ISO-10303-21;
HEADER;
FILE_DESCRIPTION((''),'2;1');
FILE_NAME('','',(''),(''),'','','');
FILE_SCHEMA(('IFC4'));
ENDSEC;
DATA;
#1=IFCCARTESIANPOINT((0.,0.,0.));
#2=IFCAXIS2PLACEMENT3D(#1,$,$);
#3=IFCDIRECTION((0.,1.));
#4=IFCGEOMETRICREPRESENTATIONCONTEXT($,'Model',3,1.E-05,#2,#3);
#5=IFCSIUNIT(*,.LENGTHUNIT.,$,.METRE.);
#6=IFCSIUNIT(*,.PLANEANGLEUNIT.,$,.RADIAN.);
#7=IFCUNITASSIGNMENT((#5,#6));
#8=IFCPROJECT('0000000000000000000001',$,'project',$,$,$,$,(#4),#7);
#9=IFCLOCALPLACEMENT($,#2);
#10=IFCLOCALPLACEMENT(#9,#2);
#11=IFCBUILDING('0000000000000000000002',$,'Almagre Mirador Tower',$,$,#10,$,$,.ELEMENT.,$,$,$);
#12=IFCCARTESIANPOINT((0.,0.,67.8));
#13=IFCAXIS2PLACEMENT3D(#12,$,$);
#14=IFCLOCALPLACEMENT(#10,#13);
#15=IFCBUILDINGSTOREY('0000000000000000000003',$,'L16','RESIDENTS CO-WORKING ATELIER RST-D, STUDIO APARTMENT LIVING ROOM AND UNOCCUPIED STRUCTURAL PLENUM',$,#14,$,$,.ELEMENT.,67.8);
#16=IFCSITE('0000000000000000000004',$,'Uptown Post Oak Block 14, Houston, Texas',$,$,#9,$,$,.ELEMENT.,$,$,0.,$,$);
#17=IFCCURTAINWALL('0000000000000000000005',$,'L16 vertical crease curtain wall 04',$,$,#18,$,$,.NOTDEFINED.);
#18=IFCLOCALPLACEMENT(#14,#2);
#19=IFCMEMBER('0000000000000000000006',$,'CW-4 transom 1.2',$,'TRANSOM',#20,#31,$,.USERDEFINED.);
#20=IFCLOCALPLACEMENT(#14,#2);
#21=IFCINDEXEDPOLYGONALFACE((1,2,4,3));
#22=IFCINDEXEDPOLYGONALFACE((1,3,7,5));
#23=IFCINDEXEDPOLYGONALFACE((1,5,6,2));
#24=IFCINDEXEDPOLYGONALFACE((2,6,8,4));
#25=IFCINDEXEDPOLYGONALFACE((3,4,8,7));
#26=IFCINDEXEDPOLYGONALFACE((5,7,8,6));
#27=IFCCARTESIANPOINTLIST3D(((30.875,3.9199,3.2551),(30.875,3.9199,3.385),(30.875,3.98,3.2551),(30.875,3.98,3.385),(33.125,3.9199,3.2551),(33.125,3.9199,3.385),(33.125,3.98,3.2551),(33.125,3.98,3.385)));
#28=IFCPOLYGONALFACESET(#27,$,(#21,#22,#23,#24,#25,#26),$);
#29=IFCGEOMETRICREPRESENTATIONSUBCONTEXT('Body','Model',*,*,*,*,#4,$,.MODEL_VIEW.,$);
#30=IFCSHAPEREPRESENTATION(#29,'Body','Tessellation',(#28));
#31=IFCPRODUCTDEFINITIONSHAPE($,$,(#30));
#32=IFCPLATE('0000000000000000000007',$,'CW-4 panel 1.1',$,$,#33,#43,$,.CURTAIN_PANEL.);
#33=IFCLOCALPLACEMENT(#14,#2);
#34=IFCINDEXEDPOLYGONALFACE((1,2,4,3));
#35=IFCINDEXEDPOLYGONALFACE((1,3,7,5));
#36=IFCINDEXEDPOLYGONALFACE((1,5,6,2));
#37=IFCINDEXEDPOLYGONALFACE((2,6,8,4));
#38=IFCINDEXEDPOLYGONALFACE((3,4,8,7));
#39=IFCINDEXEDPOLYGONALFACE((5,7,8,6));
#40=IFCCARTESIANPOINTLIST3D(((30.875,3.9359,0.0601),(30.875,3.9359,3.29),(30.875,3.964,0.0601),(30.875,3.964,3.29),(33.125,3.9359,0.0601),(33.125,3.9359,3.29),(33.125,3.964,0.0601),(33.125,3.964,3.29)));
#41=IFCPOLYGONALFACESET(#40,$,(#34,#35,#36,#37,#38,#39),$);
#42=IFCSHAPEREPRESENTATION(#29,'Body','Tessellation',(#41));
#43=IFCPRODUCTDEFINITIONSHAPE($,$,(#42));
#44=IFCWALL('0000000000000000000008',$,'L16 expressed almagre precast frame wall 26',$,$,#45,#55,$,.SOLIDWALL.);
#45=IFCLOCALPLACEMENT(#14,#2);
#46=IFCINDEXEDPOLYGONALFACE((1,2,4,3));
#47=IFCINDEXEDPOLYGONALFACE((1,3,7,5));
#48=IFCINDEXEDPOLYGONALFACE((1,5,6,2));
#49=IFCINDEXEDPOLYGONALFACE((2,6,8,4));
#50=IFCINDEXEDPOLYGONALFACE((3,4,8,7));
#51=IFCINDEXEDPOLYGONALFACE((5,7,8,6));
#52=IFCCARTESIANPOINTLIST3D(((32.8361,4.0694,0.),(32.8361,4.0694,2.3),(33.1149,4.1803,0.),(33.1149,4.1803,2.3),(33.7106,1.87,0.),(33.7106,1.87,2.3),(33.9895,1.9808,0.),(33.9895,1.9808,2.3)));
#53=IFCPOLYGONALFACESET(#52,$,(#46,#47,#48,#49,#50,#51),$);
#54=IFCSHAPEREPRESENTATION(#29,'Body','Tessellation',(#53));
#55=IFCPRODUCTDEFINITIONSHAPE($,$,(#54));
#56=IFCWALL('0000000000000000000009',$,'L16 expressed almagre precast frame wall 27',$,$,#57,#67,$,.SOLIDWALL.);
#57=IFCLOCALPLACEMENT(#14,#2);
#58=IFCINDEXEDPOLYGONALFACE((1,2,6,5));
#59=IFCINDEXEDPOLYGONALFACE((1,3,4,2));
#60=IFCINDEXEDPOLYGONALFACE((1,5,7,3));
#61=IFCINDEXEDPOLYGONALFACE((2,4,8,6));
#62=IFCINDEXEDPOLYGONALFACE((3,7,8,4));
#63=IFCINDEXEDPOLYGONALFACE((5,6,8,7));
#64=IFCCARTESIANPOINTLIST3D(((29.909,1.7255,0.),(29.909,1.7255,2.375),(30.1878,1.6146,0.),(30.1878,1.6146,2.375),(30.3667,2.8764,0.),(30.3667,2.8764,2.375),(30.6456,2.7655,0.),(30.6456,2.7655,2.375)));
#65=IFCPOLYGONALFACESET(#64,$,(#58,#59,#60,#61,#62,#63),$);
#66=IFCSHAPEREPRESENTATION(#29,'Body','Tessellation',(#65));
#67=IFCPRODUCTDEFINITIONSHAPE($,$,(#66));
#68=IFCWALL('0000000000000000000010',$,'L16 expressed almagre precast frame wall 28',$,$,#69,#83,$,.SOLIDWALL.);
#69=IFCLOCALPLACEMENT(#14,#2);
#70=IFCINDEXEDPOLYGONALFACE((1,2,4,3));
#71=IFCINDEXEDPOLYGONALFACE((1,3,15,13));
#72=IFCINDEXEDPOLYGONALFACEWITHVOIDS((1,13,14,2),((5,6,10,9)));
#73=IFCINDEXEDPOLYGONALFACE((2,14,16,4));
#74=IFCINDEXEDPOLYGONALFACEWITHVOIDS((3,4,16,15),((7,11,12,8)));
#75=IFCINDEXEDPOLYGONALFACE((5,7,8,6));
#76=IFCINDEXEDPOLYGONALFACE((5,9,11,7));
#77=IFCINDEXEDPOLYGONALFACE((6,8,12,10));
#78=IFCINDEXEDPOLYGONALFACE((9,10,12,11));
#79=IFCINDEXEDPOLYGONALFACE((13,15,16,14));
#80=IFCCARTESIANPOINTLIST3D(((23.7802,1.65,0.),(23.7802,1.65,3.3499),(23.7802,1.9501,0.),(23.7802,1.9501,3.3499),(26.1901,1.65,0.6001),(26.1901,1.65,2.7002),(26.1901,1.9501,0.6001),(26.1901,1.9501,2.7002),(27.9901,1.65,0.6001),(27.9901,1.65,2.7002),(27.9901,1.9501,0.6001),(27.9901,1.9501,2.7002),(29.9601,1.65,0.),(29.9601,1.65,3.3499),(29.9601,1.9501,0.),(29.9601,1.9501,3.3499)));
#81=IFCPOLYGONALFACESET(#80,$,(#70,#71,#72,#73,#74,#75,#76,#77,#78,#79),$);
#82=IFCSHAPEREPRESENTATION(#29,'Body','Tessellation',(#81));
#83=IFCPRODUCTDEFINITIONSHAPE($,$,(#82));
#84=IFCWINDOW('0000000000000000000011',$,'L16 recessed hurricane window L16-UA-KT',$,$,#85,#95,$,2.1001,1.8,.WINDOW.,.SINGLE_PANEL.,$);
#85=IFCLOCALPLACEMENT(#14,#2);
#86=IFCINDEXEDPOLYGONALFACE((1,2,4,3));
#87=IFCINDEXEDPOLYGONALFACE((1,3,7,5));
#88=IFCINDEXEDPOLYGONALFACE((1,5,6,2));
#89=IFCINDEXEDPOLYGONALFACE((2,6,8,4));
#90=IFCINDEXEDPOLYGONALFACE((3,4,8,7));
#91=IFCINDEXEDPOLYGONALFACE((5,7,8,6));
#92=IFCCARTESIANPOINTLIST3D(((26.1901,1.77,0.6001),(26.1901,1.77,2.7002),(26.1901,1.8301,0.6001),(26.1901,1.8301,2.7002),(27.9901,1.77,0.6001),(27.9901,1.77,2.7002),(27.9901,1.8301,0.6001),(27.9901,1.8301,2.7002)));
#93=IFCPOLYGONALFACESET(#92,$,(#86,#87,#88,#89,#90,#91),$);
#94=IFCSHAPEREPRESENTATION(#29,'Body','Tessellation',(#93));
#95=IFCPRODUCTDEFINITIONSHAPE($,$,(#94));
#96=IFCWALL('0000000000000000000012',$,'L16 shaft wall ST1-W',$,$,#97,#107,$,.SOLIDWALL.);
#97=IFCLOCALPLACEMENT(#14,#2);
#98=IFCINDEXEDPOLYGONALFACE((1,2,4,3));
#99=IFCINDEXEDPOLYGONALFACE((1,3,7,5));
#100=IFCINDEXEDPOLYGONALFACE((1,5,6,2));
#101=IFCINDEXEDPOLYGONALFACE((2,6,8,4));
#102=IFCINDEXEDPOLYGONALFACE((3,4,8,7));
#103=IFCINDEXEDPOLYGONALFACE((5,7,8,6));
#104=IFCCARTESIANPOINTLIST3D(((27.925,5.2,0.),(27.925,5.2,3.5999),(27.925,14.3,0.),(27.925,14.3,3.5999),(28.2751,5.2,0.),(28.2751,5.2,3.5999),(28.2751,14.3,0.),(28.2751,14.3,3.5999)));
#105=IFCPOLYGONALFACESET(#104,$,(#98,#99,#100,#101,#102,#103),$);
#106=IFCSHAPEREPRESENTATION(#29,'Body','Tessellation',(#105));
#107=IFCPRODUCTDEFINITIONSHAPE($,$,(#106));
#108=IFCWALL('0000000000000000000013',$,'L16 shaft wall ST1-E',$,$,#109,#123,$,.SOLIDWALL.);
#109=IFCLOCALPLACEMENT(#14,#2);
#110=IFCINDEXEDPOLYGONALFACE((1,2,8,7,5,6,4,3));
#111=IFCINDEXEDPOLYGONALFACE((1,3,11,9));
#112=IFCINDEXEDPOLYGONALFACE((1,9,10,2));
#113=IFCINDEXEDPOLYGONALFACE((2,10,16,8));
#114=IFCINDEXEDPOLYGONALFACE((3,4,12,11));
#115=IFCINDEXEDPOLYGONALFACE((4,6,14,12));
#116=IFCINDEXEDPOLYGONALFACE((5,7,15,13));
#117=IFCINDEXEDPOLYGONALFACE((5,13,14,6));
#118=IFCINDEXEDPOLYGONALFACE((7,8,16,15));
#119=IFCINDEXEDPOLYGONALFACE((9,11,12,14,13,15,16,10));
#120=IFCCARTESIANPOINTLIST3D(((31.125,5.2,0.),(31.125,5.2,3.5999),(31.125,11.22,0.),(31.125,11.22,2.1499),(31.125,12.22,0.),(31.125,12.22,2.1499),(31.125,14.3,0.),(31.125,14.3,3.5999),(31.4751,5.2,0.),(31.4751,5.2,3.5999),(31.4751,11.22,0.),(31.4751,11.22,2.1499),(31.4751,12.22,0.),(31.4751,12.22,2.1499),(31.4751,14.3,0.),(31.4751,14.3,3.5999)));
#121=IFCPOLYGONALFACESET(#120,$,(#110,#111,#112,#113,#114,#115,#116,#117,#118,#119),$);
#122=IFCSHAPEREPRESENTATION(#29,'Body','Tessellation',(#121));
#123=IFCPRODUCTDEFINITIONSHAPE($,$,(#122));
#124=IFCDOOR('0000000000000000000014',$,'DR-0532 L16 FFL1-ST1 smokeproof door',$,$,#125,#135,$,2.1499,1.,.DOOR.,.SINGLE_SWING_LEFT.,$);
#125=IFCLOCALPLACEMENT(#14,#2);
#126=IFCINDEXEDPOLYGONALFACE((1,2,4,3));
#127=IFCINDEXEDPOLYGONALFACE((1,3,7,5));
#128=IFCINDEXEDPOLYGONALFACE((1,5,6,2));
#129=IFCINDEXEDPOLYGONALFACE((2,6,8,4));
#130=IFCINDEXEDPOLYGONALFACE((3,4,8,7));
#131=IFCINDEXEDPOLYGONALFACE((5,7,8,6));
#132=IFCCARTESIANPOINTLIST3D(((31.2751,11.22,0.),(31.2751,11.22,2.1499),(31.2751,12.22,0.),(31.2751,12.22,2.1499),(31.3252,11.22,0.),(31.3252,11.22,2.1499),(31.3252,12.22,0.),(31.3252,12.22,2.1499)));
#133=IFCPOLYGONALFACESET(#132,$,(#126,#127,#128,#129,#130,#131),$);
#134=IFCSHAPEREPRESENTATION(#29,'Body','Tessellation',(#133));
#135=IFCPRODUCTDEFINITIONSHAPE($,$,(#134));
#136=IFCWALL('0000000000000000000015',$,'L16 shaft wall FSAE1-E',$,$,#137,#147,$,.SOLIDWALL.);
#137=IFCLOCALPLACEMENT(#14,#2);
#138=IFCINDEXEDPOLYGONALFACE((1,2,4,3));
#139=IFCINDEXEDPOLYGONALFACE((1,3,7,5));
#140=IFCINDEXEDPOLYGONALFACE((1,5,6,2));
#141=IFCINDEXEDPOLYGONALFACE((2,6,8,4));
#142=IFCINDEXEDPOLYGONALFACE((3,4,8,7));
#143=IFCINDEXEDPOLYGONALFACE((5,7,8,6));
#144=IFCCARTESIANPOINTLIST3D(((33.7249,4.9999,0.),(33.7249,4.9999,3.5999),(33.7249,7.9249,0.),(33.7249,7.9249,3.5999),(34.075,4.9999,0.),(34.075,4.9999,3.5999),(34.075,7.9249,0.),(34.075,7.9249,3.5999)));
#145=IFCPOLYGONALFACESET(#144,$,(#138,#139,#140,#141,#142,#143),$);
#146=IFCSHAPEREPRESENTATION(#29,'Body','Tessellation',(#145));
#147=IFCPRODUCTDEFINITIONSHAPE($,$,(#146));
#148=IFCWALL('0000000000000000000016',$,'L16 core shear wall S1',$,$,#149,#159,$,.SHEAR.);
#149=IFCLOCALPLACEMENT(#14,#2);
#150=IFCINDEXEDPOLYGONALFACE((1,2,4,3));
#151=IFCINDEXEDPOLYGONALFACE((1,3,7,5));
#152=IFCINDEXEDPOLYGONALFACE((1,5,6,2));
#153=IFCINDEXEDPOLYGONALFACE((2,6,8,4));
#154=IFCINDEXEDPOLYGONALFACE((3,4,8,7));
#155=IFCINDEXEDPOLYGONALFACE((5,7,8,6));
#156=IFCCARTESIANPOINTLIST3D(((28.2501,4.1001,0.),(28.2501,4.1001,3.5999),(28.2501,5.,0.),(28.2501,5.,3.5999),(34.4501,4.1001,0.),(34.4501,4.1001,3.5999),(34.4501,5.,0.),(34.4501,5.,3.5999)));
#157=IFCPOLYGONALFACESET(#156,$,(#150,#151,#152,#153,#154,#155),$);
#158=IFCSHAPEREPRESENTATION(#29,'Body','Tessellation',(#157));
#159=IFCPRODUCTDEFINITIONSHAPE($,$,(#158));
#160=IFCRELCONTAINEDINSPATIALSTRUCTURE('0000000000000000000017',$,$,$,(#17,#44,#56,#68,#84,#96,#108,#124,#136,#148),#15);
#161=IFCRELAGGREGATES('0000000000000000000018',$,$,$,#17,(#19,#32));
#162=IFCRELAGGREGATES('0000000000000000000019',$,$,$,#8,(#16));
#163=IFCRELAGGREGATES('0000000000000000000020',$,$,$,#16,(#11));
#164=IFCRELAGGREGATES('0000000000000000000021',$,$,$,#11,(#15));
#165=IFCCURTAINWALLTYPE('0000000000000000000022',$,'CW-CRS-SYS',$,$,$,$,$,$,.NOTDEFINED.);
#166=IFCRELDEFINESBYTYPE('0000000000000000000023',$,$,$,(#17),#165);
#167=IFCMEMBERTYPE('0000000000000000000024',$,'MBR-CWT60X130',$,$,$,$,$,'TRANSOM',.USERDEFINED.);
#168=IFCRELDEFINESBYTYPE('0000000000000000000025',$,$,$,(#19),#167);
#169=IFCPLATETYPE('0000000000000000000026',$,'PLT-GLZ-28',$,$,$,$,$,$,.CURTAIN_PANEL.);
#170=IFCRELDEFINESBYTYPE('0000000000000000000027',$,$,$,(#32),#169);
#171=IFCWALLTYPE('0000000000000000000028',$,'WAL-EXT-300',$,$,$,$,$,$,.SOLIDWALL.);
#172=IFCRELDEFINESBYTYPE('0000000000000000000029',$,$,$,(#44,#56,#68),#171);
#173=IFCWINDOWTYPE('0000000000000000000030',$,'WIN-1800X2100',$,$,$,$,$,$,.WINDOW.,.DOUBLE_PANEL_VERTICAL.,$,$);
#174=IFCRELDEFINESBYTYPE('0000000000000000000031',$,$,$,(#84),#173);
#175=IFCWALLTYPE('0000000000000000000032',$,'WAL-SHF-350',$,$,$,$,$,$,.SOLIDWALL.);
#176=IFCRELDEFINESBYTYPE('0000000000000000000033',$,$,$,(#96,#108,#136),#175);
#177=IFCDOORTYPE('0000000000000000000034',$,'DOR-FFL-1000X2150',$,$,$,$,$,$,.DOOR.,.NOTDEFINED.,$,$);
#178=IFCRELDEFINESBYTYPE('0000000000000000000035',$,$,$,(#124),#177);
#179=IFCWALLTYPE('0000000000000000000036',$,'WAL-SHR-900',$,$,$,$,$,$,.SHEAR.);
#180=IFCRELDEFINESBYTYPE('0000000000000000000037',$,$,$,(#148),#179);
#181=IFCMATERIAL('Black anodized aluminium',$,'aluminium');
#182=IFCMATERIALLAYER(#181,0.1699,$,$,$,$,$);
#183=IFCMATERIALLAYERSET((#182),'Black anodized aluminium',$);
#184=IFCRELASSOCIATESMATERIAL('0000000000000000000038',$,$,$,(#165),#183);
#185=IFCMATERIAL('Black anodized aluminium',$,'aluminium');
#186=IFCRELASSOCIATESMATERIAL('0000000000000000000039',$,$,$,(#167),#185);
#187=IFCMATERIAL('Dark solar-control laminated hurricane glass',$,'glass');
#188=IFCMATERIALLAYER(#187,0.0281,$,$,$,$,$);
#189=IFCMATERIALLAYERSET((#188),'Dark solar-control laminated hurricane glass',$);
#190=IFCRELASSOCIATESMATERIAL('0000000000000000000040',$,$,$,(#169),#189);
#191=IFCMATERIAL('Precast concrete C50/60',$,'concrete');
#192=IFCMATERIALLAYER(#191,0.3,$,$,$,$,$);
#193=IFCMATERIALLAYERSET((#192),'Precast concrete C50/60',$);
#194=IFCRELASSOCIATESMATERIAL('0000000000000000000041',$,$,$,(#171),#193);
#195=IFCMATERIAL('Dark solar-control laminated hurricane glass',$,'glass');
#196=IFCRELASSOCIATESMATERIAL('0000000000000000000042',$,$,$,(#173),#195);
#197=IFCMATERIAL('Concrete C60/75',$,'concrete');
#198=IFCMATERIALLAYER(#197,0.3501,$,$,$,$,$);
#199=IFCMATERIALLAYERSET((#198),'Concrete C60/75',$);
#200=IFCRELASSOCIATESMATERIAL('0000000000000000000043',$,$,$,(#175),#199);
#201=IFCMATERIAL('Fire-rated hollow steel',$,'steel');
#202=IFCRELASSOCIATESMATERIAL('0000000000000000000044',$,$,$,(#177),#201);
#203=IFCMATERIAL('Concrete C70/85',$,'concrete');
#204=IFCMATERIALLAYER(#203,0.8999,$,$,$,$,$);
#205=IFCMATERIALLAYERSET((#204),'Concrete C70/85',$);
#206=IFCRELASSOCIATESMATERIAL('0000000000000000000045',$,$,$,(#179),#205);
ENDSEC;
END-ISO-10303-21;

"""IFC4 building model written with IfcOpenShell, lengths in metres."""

from ifc_helpers import new_model, si_unit, direction, frame, frame_2d, origin, origin_2d, place, context, subcontext, project, spatial, rectangle, extrude, material, layer, layer_set, material_profile, profile_set, type_object, element, fill, aggregate, save


model = new_model("IFC4")

# Units and contexts
model_context = context("Model", 3, precision=1e-05, world=origin(), true_north=direction((0.0, 1.0)))
body_context = subcontext(model_context, "Body", "Model", "MODEL_VIEW")
ifc_project = project(units=[si_unit("LENGTHUNIT", "METRE"), si_unit("PLANEANGLEUNIT", "RADIAN")], contexts=[model_context])

# Site, building, storey
site_placement = place(None, origin())
site = spatial("IfcSite", under=ifc_project, at=site_placement, Name="Uptown Post Oak Block 14, Houston, Texas", CompositionType="ELEMENT", RefElevation=0.0)
building_placement = place(site_placement, origin())
building = spatial("IfcBuilding", under=site, at=building_placement, Name="Almagre Mirador Tower", CompositionType="ELEMENT")
storey_placement = place(building_placement, frame((0.0, 0.0, 67.8)))
storey = spatial("IfcBuildingStorey", under=building, at=storey_placement, Name="L16", Description="RESIDENTS CO-WORKING ATELIER RST-D, STUDIO APARTMENT LIVING ROOM AND UNOCCUPIED STRUCTURAL PLENUM", CompositionType="ELEMENT", Elevation=67.8)

# Curtain wall, member, plate
ifc_material_1 = material(Name="Black anodized aluminium", Category="aluminium")
ifc_layer_1 = layer(ifc_material_1, 0.1699)
ifc_layer_set_1 = layer_set([ifc_layer_1], Name="Black anodized aluminium")
curtain_wall_type = type_object("IfcCurtainWallType", Name="CW-CRS-SYS", PredefinedType="NOTDEFINED", material=ifc_layer_set_1)
curtain_wall_placement = place(storey_placement, origin())
curtain_wall = element("IfcCurtainWall", 1, at=curtain_wall_placement, inside=storey, type_object=curtain_wall_type, Name="L16 vertical crease curtain wall 04", PredefinedType="NOTDEFINED")
ifc_material_2 = material(Name="Black anodized aluminium", Category="aluminium")
ifc_material_profile_1 = material_profile(ifc_material_2, rectangle(XDim=0.0601, YDim=0.1299, at=origin_2d()), Name="CWT60X130")
ifc_profile_set_1 = profile_set([ifc_material_profile_1], Name="Black anodized aluminium")
member_type_1 = type_object("IfcMemberType", Name="MBR-CWT60X130", ElementType="TRANSOM", PredefinedType="USERDEFINED", material=ifc_profile_set_1)
member_1_placement = place(storey_placement, frame((33.125, 3.95, 3.3201), z_axis=(-1.0, 0.0, 0.0), x_axis=(0.0, -1.0, 0.0)))
member_1 = element("IfcMember", 2, at=member_1_placement, type_object=member_type_1, Name="CW-4 transom 1.2", ObjectType="TRANSOM", PredefinedType="USERDEFINED", context=body_context, shape_type="SweptSolid", body=[
    extrude(rectangle(XDim=0.0601, YDim=0.1299, at=origin_2d()), origin(), (0.0, 0.0, 1.0), 2.25),
])
ifc_material_3 = material(Name="Dark solar-control laminated hurricane glass", Category="glass")
ifc_layer_2 = layer(ifc_material_3, 0.0281)
ifc_layer_set_2 = layer_set([ifc_layer_2], Name="Dark solar-control laminated hurricane glass")
plate_type = type_object("IfcPlateType", Name="PLT-GLZ-28", PredefinedType="CURTAIN_PANEL", material=ifc_layer_set_2)
plate_placement = place(storey_placement, frame((32.0, 3.95, 0.0601), z_axis=(0.0, 0.0, 1.0), x_axis=(-1.0, 0.0, 0.0)))
plate = element("IfcPlate", 3, at=plate_placement, type_object=plate_type, Name="CW-4 panel 1.1", PredefinedType="CURTAIN_PANEL", context=body_context, shape_type="SweptSolid", body=[
    extrude(rectangle(XDim=2.25, YDim=0.0281, at=origin_2d()), origin(), (0.0, 0.0, 1.0), 3.23),
])
aggregate(curtain_wall, [member_1, plate])

# Walls
ifc_material_4 = material(Name="Precast concrete C50/60", Category="concrete")
ifc_layer_3 = layer(ifc_material_4, 0.3)
ifc_layer_set_3 = layer_set([ifc_layer_3], Name="Precast concrete C50/60")
wall_type_1 = type_object("IfcWallType", Name="WAL-EXT-300", PredefinedType="SOLIDWALL", material=ifc_layer_set_3)
wall_1_placement = place(storey_placement, frame((33.8501, 1.9253, 0.0), z_axis=(0.0, 0.0, 1.0), x_axis=(-0.369469, 0.929243, 0.0)))
element("IfcWall", 4, at=wall_1_placement, inside=storey, type_object=wall_type_1, Name="L16 expressed almagre precast frame wall 26", PredefinedType="SOLIDWALL", context=body_context, shape_type="SweptSolid", body=[
    extrude(rectangle(XDim=2.3669, YDim=0.3, at=frame_2d((1.1836, 0.0))), origin(), (0.0, 0.0, 1.0), 2.3),
])
wall_2_placement = place(storey_placement, frame((30.5061, 2.8208, 0.0), z_axis=(0.0, 0.0, 1.0), x_axis=(-0.369589, -0.929195, 0.0)))
element("IfcWall", 5, at=wall_2_placement, inside=storey, type_object=wall_type_1, Name="L16 expressed almagre precast frame wall 27", PredefinedType="SOLIDWALL", context=body_context, shape_type="SweptSolid", body=[
    extrude(rectangle(XDim=1.2385, YDim=0.3, at=frame_2d((0.6191, 0.0))), origin(), (0.0, 0.0, 1.0), 2.375),
])

# Wall, opening, window
wall_3_placement = place(storey_placement, frame((29.96, 1.8, 0.0), z_axis=(0.0, 0.0, 1.0), x_axis=(-1.0, 0.0, 0.0)))
wall_3 = element("IfcWall", 6, at=wall_3_placement, inside=storey, type_object=wall_type_1, Name="L16 expressed almagre precast frame wall 28", PredefinedType="SOLIDWALL", context=body_context, shape_type="SweptSolid", body=[
    extrude(rectangle(XDim=6.1799, YDim=0.3, at=frame_2d((3.0898, 0.0))), origin(), (0.0, 0.0, 1.0), 3.3499),
])
opening_1_placement = place(wall_3_placement, frame((1.97, 0.0, 0.6001)))
opening_1 = element("IfcOpeningElement", 7, at=opening_1_placement, cuts=wall_3, PredefinedType="OPENING", context=body_context, shape_type="SweptSolid", body=[
    extrude(rectangle(XDim=1.8, YDim=2.1001, at=frame_2d((0.8999, 1.05))), frame((0.0, 0.1599, 0.0), z_axis=(0.0, -1.0, 0.0), x_axis=(1.0, 0.0, 0.0)), (0.0, 0.0, 1.0), 0.32),
])
ifc_material_5 = material(Name="Dark solar-control laminated hurricane glass", Category="glass")
window_type = type_object("IfcWindowType", Name="WIN-1800X2100", PartitioningType="DOUBLE_PANEL_VERTICAL", PredefinedType="WINDOW", material=ifc_material_5)
window_placement = place(opening_1_placement, origin())
window = element("IfcWindow", 8, at=window_placement, inside=storey, type_object=window_type, Name="L16 recessed hurricane window L16-UA-KT", OverallHeight=2.1001, OverallWidth=1.8, PartitioningType="SINGLE_PANEL", PredefinedType="WINDOW", context=body_context, shape_type="SweptSolid", body=[
    extrude(rectangle(XDim=1.8, YDim=2.1001, at=frame_2d((0.8999, 1.05))), frame((0.0, 0.03, 0.0), z_axis=(0.0, -1.0, 0.0), x_axis=(1.0, 0.0, 0.0)), (0.0, 0.0, 1.0), 0.0601),
])
fill(opening_1, window)

# Wall
ifc_material_6 = material(Name="Concrete C60/75", Category="concrete")
ifc_layer_4 = layer(ifc_material_6, 0.3501)
ifc_layer_set_4 = layer_set([ifc_layer_4], Name="Concrete C60/75")
wall_type_2 = type_object("IfcWallType", Name="WAL-SHF-350", PredefinedType="SOLIDWALL", material=ifc_layer_set_4)
wall_4_placement = place(storey_placement, frame((28.1001, 5.2, 0.0), z_axis=(0.0, 0.0, 1.0), x_axis=(0.0, 1.0, 0.0)))
element("IfcWall", 9, at=wall_4_placement, inside=storey, type_object=wall_type_2, Name="L16 shaft wall ST1-W", PredefinedType="SOLIDWALL", context=body_context, shape_type="SweptSolid", body=[
    extrude(rectangle(XDim=9.1001, YDim=0.3501, at=frame_2d((4.55, 0.0))), origin(), (0.0, 0.0, 1.0), 3.5999),
])

# Wall, opening, door
wall_5_placement = place(storey_placement, frame((31.3, 5.2, 0.0), z_axis=(0.0, 0.0, 1.0), x_axis=(0.0, 1.0, 0.0)))
wall_5 = element("IfcWall", 10, at=wall_5_placement, inside=storey, type_object=wall_type_2, Name="L16 shaft wall ST1-E", PredefinedType="SOLIDWALL", context=body_context, shape_type="SweptSolid", body=[
    extrude(rectangle(XDim=9.1001, YDim=0.3501, at=frame_2d((4.55, 0.0))), origin(), (0.0, 0.0, 1.0), 3.5999),
])
opening_2_placement = place(wall_5_placement, frame((6.02, 0.0, 0.0)))
opening_2 = element("IfcOpeningElement", 11, at=opening_2_placement, cuts=wall_5, PredefinedType="OPENING", context=body_context, shape_type="SweptSolid", body=[
    extrude(rectangle(XDim=1.0, YDim=2.1499, at=frame_2d((0.5, 1.075))), frame((0.0, 0.185, 0.0), z_axis=(0.0, -1.0, 0.0), x_axis=(1.0, 0.0, 0.0)), (0.0, 0.0, 1.0), 0.3701),
])
ifc_material_7 = material(Name="Fire-rated hollow steel", Category="steel")
door_type = type_object("IfcDoorType", Name="DOR-FFL-1000X2150", OperationType="NOTDEFINED", PredefinedType="DOOR", material=ifc_material_7)
door_placement = place(opening_2_placement, origin())
door = element("IfcDoor", 12, at=door_placement, inside=storey, type_object=door_type, Name="DR-0532 L16 FFL1-ST1 smokeproof door", OperationType="SINGLE_SWING_LEFT", OverallHeight=2.1499, OverallWidth=1.0, PredefinedType="DOOR", context=body_context, shape_type="SweptSolid", body=[
    extrude(rectangle(XDim=1.0, YDim=2.1499, at=frame_2d((0.5, 1.075))), frame((0.0, 0.0249, 0.0), z_axis=(0.0, -1.0, 0.0), x_axis=(1.0, 0.0, 0.0)), (0.0, 0.0, 1.0), 0.05),
])
fill(opening_2, door)

# Walls
wall_6_placement = place(storey_placement, frame((33.8999, 5.0, 0.0), z_axis=(0.0, 0.0, 1.0), x_axis=(0.0, 1.0, 0.0)))
element("IfcWall", 13, at=wall_6_placement, inside=storey, type_object=wall_type_2, Name="L16 shaft wall FSAE1-E", PredefinedType="SOLIDWALL", context=body_context, shape_type="SweptSolid", body=[
    extrude(rectangle(XDim=2.925, YDim=0.3501, at=frame_2d((1.4624, 0.0))), origin(), (0.0, 0.0, 1.0), 3.5999),
])
ifc_material_8 = material(Name="Concrete C70/85", Category="concrete")
ifc_layer_5 = layer(ifc_material_8, 0.8999)
ifc_layer_set_5 = layer_set([ifc_layer_5], Name="Concrete C70/85")
wall_type_3 = type_object("IfcWallType", Name="WAL-SHR-900", PredefinedType="SHEAR", material=ifc_layer_set_5)
wall_7_placement = place(storey_placement, frame((28.25, 4.55, 0.0), z_axis=(0.0, 0.0, 1.0), x_axis=(1.0, 0.0, 0.0)))
element("IfcWall", 14, at=wall_7_placement, inside=storey, type_object=wall_type_3, Name="L16 core shear wall S1", PredefinedType="SHEAR", context=body_context, shape_type="SweptSolid", body=[
    extrude(rectangle(XDim=6.2, YDim=0.8999, at=frame_2d((3.1001, 0.0))), origin(), (0.0, 0.0, 1.0), 3.5999),
])

save(model, "model.ifc")
